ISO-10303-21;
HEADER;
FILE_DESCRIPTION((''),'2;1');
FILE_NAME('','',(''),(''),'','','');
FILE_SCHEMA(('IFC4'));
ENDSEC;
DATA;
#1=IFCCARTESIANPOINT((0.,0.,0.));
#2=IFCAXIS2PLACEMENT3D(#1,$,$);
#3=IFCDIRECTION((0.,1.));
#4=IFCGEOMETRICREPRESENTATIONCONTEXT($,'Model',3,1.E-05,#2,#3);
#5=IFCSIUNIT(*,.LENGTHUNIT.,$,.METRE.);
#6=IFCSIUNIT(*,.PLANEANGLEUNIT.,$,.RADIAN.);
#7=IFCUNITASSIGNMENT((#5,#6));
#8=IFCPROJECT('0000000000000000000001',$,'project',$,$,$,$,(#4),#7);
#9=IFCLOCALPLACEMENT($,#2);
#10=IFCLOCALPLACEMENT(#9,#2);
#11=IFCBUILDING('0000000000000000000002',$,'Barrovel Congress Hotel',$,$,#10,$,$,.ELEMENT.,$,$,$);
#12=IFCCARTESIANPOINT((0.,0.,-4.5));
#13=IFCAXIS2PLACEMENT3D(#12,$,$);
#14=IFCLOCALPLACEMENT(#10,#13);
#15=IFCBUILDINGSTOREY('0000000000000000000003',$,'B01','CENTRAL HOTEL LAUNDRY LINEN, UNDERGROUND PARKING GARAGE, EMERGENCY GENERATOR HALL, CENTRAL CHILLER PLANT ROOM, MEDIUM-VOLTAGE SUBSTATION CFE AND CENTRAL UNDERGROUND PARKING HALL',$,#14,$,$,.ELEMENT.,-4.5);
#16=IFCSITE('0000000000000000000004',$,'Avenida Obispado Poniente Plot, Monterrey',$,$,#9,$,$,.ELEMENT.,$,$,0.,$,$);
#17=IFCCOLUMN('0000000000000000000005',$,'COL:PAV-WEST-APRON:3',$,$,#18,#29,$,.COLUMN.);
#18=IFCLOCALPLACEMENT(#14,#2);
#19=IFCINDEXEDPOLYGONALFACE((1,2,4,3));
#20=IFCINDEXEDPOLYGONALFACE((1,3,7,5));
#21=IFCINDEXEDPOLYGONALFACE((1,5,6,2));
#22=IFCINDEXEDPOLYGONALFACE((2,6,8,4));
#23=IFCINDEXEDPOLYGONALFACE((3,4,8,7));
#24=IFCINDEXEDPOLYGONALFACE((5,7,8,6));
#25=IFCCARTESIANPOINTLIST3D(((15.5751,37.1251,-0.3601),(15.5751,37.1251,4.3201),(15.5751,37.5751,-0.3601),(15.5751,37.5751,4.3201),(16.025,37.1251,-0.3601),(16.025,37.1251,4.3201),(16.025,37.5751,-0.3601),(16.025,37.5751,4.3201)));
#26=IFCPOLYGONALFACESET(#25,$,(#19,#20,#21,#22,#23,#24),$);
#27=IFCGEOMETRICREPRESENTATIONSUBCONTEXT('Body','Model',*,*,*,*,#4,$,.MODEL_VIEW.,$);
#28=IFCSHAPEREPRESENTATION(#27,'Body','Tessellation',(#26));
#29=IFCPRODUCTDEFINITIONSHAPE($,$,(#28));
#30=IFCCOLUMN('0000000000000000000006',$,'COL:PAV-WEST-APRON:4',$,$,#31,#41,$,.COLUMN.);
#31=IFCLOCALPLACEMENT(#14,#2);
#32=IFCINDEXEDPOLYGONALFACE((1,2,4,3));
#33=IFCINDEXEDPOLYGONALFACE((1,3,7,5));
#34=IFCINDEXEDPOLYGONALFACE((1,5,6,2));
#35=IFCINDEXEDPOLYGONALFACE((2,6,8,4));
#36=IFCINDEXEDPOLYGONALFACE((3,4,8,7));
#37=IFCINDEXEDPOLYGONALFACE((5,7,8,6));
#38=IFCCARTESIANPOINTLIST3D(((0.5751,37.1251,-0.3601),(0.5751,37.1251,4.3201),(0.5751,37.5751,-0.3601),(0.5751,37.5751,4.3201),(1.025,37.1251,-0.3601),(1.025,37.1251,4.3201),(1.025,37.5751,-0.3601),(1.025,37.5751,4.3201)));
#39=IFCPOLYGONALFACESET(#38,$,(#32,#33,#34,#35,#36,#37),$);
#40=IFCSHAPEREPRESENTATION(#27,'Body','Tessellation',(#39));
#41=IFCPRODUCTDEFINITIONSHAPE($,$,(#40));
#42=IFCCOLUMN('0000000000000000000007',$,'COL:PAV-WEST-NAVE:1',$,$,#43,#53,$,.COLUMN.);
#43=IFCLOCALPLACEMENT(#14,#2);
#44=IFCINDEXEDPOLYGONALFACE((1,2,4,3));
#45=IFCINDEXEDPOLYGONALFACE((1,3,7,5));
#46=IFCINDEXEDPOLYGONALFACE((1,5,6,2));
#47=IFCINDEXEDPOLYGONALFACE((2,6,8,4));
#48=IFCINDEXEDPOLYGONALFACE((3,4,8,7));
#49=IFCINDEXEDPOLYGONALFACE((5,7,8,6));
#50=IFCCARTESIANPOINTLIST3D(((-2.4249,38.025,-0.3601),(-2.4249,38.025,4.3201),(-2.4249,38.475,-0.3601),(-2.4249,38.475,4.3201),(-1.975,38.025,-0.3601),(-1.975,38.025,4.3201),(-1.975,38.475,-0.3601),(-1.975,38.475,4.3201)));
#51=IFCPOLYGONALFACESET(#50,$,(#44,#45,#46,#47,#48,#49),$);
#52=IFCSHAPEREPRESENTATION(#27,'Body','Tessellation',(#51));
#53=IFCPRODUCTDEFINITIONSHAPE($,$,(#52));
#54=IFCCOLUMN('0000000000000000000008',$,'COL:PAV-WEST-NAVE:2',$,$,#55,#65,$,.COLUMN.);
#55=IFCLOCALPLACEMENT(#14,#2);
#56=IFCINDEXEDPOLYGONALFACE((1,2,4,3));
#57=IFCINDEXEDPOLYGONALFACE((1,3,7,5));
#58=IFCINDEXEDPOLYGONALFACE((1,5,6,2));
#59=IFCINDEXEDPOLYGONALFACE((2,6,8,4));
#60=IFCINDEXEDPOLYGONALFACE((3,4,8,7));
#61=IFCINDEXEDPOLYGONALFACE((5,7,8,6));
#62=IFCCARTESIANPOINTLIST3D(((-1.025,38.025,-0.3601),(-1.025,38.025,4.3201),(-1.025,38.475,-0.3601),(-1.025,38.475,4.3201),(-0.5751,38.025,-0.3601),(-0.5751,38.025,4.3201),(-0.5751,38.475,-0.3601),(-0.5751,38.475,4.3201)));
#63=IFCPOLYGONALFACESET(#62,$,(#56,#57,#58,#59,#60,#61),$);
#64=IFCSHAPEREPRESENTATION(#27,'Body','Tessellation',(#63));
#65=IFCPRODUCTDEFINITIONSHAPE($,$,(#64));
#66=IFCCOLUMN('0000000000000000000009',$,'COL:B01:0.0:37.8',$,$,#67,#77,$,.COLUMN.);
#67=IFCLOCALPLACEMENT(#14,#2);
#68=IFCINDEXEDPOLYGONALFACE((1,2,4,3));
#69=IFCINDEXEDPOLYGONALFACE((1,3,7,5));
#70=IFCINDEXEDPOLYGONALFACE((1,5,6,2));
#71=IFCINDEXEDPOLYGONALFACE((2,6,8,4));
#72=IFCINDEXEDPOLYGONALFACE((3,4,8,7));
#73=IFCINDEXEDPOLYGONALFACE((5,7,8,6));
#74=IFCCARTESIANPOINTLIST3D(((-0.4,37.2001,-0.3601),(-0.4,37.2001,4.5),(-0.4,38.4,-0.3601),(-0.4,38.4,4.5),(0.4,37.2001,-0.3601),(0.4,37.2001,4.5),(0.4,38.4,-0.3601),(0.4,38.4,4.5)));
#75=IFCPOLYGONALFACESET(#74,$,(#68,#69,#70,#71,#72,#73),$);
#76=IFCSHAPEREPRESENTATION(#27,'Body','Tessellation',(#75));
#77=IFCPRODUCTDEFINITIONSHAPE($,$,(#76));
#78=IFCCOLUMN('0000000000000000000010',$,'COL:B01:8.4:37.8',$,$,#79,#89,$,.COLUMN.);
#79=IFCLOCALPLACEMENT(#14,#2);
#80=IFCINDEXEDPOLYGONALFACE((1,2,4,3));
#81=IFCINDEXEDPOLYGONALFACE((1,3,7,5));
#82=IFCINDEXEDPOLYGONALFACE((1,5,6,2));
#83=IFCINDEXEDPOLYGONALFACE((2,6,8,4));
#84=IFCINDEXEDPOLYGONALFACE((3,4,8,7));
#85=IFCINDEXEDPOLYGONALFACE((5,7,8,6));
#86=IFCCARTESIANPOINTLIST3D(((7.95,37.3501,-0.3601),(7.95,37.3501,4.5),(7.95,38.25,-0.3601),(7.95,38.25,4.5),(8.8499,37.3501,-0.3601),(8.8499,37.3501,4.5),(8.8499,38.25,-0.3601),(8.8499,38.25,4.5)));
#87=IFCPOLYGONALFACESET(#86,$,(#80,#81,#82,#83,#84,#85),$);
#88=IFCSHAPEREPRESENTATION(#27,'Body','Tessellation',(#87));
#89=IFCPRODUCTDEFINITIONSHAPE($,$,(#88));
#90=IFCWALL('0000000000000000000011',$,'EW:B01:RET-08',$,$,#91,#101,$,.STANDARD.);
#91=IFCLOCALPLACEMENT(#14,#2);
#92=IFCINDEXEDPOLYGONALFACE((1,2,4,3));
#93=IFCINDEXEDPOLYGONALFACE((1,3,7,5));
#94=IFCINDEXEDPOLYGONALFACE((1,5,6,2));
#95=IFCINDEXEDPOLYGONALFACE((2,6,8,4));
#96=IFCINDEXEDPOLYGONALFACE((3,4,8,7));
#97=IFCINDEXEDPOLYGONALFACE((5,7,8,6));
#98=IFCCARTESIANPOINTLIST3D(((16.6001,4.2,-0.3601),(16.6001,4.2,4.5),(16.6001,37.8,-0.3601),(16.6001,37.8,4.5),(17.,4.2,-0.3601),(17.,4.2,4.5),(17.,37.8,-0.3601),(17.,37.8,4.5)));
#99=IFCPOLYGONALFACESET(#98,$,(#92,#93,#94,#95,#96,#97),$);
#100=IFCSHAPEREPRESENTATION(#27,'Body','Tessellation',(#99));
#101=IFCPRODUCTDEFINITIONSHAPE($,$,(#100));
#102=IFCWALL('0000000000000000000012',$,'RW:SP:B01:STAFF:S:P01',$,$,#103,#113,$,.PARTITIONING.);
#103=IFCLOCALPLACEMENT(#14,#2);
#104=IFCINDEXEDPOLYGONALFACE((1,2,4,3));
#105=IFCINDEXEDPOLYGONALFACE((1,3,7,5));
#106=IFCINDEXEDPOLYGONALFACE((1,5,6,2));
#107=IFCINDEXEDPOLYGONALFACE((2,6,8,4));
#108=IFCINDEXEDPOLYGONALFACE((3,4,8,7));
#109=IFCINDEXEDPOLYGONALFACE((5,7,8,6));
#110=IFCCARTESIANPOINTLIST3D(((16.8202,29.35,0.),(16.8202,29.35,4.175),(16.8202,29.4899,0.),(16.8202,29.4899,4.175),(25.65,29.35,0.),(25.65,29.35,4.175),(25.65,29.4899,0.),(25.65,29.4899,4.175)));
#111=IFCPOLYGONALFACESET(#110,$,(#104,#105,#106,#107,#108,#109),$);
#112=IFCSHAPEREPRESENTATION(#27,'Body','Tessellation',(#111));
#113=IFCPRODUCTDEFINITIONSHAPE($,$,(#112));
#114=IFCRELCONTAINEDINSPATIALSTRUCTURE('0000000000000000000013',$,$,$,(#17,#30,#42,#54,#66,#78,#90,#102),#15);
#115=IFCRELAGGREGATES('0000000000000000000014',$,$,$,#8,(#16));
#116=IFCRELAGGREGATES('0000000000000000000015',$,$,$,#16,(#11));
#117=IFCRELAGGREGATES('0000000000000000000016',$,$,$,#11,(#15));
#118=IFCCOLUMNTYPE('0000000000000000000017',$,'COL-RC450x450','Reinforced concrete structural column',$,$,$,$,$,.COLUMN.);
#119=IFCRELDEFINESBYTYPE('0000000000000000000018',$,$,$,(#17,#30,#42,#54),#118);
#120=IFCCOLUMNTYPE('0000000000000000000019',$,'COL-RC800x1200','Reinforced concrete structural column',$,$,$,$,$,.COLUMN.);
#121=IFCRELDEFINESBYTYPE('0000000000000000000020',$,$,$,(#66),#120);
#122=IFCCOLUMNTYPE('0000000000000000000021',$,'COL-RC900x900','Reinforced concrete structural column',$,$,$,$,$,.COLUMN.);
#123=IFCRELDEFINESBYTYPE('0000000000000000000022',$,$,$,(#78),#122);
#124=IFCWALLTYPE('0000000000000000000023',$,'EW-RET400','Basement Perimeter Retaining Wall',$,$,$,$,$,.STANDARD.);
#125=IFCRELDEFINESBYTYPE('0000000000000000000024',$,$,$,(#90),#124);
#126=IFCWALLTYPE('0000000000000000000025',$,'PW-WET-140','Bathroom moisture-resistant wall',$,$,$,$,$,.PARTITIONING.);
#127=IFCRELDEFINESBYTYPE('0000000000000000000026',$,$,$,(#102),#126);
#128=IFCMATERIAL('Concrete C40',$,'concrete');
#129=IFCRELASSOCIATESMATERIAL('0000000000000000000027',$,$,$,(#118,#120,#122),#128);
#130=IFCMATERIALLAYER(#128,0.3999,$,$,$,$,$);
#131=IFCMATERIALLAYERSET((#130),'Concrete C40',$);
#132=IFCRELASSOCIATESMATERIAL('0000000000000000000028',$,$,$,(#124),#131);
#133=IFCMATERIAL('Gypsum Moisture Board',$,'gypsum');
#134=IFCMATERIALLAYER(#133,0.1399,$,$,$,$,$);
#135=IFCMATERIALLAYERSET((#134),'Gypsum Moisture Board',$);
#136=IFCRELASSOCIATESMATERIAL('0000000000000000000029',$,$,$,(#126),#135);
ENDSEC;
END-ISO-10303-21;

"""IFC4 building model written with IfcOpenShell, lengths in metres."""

from ifc_helpers import new_model, si_unit, direction, frame, frame_2d, origin, origin_2d, place, context, subcontext, project, spatial, rectangle, extrude, material, layer, layer_set, material_profile, profile_set, type_object, element, save


model = new_model("IFC4")

# Units and contexts
model_context = context("Model", 3, precision=1e-05, world=origin(), true_north=direction((0.0, 1.0)))
body_context = subcontext(model_context, "Body", "Model", "MODEL_VIEW")
ifc_project = project(units=[si_unit("LENGTHUNIT", "METRE"), si_unit("PLANEANGLEUNIT", "RADIAN")], contexts=[model_context])

# Site, building, storey
site_placement = place(None, origin())
site = spatial("IfcSite", under=ifc_project, at=site_placement, Name="Avenida Obispado Poniente Plot, Monterrey", CompositionType="ELEMENT", RefElevation=0.0)
building_placement = place(site_placement, origin())
building = spatial("IfcBuilding", under=site, at=building_placement, Name="Barrovel Congress Hotel", CompositionType="ELEMENT")
storey_placement = place(building_placement, frame((0.0, 0.0, -4.5)))
storey = spatial("IfcBuildingStorey", under=building, at=storey_placement, Name="B01", Description="CENTRAL HOTEL LAUNDRY LINEN, UNDERGROUND PARKING GARAGE, EMERGENCY GENERATOR HALL, CENTRAL CHILLER PLANT ROOM, MEDIUM-VOLTAGE SUBSTATION CFE AND CENTRAL UNDERGROUND PARKING HALL", CompositionType="ELEMENT", Elevation=-4.5)

# Shared definitions
ifc_material_1 = material(Name="Concrete C40", Category="concrete")

# Columns
ifc_material_profile_1 = material_profile(ifc_material_1, rectangle(XDim=0.45, YDim=0.45, at=origin_2d()), Name="RC450x450")
ifc_profile_set_1 = profile_set([ifc_material_profile_1], Name="Concrete C40")
column_type_1 = type_object("IfcColumnType", Name="COL-RC450x450", Description="Reinforced concrete structural column", PredefinedType="COLUMN", material=ifc_profile_set_1)
for number, where, z_axis, x_axis, name in (
    (1, (15.8, 37.3501, -0.3601), (0.0, 0.0, 1.0), (1.0, 0.0, 0.0), "COL:PAV-WEST-APRON:3"),
    (2, (0.8, 37.3501, -0.3601), (0.0, 0.0, 1.0), (1.0, 0.0, 0.0), "COL:PAV-WEST-APRON:4"),
    (3, (-2.2, 38.25, -0.3601), (0.0, 0.0, 1.0), (1.0, 0.0, 0.0), "COL:PAV-WEST-NAVE:1"),
    (4, (-0.8, 38.25, -0.3601), (0.0, 0.0, 1.0), (1.0, 0.0, 0.0), "COL:PAV-WEST-NAVE:2"),
):
    element("IfcColumn", number, at=place(storey_placement, frame(where, z_axis=z_axis, x_axis=x_axis)), inside=storey, type_object=column_type_1, Name=name, PredefinedType="COLUMN", context=body_context, shape_type="SweptSolid", body=[
        extrude(rectangle(XDim=0.45, YDim=0.45, at=origin_2d()), origin(), (0.0, 0.0, 1.0), 4.6802),
    ])
ifc_material_profile_2 = material_profile(ifc_material_1, rectangle(XDim=0.8, YDim=1.2, at=origin_2d()), Name="RC800x1200")
ifc_profile_set_2 = profile_set([ifc_material_profile_2], Name="Concrete C40")
column_type_2 = type_object("IfcColumnType", Name="COL-RC800x1200", Description="Reinforced concrete structural column", PredefinedType="COLUMN", material=ifc_profile_set_2)
column_1_placement = place(storey_placement, frame((0.0, 37.8, -0.3601), z_axis=(0.0, 0.0, 1.0), x_axis=(1.0, 0.0, 0.0)))
element("IfcColumn", 5, at=column_1_placement, inside=storey, type_object=column_type_2, Name="COL:B01:0.0:37.8", PredefinedType="COLUMN", context=body_context, shape_type="SweptSolid", body=[
    extrude(rectangle(XDim=0.8, YDim=1.2, at=origin_2d()), origin(), (0.0, 0.0, 1.0), 4.8601),
])
ifc_material_profile_3 = material_profile(ifc_material_1, rectangle(XDim=0.8999, YDim=0.8999, at=origin_2d()), Name="RC900x900")
ifc_profile_set_3 = profile_set([ifc_material_profile_3], Name="Concrete C40")
column_type_3 = type_object("IfcColumnType", Name="COL-RC900x900", Description="Reinforced concrete structural column", PredefinedType="COLUMN", material=ifc_profile_set_3)
column_2_placement = place(storey_placement, frame((8.3999, 37.8, -0.3601), z_axis=(0.0, 0.0, 1.0), x_axis=(1.0, 0.0, 0.0)))
element("IfcColumn", 6, at=column_2_placement, inside=storey, type_object=column_type_3, Name="COL:B01:8.4:37.8", PredefinedType="COLUMN", context=body_context, shape_type="SweptSolid", body=[
    extrude(rectangle(XDim=0.8999, YDim=0.8999, at=origin_2d()), origin(), (0.0, 0.0, 1.0), 4.8601),
])

# Walls
ifc_layer_1 = layer(ifc_material_1, 0.3999)
ifc_layer_set_1 = layer_set([ifc_layer_1], Name="Concrete C40")
wall_type_1 = type_object("IfcWallType", Name="EW-RET400", Description="Basement Perimeter Retaining Wall", PredefinedType="STANDARD", material=ifc_layer_set_1)
wall_1_placement = place(storey_placement, frame((16.8, 37.8, -0.3601), z_axis=(0.0, 0.0, 1.0), x_axis=(0.0, -1.0, 0.0)))
element("IfcWall", 7, at=wall_1_placement, inside=storey, type_object=wall_type_1, Name="EW:B01:RET-08", PredefinedType="STANDARD", context=body_context, shape_type="SweptSolid", body=[
    extrude(rectangle(XDim=33.6001, YDim=0.3999, at=frame_2d((16.8, 0.0))), origin(), (0.0, 0.0, 1.0), 4.8601),
])
ifc_material_2 = material(Name="Gypsum Moisture Board", Category="gypsum")
ifc_layer_2 = layer(ifc_material_2, 0.1399)
ifc_layer_set_2 = layer_set([ifc_layer_2], Name="Gypsum Moisture Board")
wall_type_2 = type_object("IfcWallType", Name="PW-WET-140", Description="Bathroom moisture-resistant wall", PredefinedType="PARTITIONING", material=ifc_layer_set_2)
wall_2_placement = place(storey_placement, frame((16.8201, 29.4199, 0.0), z_axis=(0.0, 0.0, 1.0), x_axis=(1.0, 0.0, 0.0)))
element("IfcWall", 8, at=wall_2_placement, inside=storey, type_object=wall_type_2, Name="RW:SP:B01:STAFF:S:P01", PredefinedType="PARTITIONING", context=body_context, shape_type="SweptSolid", body=[
    extrude(rectangle(XDim=8.8298, YDim=0.1399, at=frame_2d((4.415, 0.0))), origin(), (0.0, 0.0, 1.0), 4.175),
])

save(model, "model.ifc")
